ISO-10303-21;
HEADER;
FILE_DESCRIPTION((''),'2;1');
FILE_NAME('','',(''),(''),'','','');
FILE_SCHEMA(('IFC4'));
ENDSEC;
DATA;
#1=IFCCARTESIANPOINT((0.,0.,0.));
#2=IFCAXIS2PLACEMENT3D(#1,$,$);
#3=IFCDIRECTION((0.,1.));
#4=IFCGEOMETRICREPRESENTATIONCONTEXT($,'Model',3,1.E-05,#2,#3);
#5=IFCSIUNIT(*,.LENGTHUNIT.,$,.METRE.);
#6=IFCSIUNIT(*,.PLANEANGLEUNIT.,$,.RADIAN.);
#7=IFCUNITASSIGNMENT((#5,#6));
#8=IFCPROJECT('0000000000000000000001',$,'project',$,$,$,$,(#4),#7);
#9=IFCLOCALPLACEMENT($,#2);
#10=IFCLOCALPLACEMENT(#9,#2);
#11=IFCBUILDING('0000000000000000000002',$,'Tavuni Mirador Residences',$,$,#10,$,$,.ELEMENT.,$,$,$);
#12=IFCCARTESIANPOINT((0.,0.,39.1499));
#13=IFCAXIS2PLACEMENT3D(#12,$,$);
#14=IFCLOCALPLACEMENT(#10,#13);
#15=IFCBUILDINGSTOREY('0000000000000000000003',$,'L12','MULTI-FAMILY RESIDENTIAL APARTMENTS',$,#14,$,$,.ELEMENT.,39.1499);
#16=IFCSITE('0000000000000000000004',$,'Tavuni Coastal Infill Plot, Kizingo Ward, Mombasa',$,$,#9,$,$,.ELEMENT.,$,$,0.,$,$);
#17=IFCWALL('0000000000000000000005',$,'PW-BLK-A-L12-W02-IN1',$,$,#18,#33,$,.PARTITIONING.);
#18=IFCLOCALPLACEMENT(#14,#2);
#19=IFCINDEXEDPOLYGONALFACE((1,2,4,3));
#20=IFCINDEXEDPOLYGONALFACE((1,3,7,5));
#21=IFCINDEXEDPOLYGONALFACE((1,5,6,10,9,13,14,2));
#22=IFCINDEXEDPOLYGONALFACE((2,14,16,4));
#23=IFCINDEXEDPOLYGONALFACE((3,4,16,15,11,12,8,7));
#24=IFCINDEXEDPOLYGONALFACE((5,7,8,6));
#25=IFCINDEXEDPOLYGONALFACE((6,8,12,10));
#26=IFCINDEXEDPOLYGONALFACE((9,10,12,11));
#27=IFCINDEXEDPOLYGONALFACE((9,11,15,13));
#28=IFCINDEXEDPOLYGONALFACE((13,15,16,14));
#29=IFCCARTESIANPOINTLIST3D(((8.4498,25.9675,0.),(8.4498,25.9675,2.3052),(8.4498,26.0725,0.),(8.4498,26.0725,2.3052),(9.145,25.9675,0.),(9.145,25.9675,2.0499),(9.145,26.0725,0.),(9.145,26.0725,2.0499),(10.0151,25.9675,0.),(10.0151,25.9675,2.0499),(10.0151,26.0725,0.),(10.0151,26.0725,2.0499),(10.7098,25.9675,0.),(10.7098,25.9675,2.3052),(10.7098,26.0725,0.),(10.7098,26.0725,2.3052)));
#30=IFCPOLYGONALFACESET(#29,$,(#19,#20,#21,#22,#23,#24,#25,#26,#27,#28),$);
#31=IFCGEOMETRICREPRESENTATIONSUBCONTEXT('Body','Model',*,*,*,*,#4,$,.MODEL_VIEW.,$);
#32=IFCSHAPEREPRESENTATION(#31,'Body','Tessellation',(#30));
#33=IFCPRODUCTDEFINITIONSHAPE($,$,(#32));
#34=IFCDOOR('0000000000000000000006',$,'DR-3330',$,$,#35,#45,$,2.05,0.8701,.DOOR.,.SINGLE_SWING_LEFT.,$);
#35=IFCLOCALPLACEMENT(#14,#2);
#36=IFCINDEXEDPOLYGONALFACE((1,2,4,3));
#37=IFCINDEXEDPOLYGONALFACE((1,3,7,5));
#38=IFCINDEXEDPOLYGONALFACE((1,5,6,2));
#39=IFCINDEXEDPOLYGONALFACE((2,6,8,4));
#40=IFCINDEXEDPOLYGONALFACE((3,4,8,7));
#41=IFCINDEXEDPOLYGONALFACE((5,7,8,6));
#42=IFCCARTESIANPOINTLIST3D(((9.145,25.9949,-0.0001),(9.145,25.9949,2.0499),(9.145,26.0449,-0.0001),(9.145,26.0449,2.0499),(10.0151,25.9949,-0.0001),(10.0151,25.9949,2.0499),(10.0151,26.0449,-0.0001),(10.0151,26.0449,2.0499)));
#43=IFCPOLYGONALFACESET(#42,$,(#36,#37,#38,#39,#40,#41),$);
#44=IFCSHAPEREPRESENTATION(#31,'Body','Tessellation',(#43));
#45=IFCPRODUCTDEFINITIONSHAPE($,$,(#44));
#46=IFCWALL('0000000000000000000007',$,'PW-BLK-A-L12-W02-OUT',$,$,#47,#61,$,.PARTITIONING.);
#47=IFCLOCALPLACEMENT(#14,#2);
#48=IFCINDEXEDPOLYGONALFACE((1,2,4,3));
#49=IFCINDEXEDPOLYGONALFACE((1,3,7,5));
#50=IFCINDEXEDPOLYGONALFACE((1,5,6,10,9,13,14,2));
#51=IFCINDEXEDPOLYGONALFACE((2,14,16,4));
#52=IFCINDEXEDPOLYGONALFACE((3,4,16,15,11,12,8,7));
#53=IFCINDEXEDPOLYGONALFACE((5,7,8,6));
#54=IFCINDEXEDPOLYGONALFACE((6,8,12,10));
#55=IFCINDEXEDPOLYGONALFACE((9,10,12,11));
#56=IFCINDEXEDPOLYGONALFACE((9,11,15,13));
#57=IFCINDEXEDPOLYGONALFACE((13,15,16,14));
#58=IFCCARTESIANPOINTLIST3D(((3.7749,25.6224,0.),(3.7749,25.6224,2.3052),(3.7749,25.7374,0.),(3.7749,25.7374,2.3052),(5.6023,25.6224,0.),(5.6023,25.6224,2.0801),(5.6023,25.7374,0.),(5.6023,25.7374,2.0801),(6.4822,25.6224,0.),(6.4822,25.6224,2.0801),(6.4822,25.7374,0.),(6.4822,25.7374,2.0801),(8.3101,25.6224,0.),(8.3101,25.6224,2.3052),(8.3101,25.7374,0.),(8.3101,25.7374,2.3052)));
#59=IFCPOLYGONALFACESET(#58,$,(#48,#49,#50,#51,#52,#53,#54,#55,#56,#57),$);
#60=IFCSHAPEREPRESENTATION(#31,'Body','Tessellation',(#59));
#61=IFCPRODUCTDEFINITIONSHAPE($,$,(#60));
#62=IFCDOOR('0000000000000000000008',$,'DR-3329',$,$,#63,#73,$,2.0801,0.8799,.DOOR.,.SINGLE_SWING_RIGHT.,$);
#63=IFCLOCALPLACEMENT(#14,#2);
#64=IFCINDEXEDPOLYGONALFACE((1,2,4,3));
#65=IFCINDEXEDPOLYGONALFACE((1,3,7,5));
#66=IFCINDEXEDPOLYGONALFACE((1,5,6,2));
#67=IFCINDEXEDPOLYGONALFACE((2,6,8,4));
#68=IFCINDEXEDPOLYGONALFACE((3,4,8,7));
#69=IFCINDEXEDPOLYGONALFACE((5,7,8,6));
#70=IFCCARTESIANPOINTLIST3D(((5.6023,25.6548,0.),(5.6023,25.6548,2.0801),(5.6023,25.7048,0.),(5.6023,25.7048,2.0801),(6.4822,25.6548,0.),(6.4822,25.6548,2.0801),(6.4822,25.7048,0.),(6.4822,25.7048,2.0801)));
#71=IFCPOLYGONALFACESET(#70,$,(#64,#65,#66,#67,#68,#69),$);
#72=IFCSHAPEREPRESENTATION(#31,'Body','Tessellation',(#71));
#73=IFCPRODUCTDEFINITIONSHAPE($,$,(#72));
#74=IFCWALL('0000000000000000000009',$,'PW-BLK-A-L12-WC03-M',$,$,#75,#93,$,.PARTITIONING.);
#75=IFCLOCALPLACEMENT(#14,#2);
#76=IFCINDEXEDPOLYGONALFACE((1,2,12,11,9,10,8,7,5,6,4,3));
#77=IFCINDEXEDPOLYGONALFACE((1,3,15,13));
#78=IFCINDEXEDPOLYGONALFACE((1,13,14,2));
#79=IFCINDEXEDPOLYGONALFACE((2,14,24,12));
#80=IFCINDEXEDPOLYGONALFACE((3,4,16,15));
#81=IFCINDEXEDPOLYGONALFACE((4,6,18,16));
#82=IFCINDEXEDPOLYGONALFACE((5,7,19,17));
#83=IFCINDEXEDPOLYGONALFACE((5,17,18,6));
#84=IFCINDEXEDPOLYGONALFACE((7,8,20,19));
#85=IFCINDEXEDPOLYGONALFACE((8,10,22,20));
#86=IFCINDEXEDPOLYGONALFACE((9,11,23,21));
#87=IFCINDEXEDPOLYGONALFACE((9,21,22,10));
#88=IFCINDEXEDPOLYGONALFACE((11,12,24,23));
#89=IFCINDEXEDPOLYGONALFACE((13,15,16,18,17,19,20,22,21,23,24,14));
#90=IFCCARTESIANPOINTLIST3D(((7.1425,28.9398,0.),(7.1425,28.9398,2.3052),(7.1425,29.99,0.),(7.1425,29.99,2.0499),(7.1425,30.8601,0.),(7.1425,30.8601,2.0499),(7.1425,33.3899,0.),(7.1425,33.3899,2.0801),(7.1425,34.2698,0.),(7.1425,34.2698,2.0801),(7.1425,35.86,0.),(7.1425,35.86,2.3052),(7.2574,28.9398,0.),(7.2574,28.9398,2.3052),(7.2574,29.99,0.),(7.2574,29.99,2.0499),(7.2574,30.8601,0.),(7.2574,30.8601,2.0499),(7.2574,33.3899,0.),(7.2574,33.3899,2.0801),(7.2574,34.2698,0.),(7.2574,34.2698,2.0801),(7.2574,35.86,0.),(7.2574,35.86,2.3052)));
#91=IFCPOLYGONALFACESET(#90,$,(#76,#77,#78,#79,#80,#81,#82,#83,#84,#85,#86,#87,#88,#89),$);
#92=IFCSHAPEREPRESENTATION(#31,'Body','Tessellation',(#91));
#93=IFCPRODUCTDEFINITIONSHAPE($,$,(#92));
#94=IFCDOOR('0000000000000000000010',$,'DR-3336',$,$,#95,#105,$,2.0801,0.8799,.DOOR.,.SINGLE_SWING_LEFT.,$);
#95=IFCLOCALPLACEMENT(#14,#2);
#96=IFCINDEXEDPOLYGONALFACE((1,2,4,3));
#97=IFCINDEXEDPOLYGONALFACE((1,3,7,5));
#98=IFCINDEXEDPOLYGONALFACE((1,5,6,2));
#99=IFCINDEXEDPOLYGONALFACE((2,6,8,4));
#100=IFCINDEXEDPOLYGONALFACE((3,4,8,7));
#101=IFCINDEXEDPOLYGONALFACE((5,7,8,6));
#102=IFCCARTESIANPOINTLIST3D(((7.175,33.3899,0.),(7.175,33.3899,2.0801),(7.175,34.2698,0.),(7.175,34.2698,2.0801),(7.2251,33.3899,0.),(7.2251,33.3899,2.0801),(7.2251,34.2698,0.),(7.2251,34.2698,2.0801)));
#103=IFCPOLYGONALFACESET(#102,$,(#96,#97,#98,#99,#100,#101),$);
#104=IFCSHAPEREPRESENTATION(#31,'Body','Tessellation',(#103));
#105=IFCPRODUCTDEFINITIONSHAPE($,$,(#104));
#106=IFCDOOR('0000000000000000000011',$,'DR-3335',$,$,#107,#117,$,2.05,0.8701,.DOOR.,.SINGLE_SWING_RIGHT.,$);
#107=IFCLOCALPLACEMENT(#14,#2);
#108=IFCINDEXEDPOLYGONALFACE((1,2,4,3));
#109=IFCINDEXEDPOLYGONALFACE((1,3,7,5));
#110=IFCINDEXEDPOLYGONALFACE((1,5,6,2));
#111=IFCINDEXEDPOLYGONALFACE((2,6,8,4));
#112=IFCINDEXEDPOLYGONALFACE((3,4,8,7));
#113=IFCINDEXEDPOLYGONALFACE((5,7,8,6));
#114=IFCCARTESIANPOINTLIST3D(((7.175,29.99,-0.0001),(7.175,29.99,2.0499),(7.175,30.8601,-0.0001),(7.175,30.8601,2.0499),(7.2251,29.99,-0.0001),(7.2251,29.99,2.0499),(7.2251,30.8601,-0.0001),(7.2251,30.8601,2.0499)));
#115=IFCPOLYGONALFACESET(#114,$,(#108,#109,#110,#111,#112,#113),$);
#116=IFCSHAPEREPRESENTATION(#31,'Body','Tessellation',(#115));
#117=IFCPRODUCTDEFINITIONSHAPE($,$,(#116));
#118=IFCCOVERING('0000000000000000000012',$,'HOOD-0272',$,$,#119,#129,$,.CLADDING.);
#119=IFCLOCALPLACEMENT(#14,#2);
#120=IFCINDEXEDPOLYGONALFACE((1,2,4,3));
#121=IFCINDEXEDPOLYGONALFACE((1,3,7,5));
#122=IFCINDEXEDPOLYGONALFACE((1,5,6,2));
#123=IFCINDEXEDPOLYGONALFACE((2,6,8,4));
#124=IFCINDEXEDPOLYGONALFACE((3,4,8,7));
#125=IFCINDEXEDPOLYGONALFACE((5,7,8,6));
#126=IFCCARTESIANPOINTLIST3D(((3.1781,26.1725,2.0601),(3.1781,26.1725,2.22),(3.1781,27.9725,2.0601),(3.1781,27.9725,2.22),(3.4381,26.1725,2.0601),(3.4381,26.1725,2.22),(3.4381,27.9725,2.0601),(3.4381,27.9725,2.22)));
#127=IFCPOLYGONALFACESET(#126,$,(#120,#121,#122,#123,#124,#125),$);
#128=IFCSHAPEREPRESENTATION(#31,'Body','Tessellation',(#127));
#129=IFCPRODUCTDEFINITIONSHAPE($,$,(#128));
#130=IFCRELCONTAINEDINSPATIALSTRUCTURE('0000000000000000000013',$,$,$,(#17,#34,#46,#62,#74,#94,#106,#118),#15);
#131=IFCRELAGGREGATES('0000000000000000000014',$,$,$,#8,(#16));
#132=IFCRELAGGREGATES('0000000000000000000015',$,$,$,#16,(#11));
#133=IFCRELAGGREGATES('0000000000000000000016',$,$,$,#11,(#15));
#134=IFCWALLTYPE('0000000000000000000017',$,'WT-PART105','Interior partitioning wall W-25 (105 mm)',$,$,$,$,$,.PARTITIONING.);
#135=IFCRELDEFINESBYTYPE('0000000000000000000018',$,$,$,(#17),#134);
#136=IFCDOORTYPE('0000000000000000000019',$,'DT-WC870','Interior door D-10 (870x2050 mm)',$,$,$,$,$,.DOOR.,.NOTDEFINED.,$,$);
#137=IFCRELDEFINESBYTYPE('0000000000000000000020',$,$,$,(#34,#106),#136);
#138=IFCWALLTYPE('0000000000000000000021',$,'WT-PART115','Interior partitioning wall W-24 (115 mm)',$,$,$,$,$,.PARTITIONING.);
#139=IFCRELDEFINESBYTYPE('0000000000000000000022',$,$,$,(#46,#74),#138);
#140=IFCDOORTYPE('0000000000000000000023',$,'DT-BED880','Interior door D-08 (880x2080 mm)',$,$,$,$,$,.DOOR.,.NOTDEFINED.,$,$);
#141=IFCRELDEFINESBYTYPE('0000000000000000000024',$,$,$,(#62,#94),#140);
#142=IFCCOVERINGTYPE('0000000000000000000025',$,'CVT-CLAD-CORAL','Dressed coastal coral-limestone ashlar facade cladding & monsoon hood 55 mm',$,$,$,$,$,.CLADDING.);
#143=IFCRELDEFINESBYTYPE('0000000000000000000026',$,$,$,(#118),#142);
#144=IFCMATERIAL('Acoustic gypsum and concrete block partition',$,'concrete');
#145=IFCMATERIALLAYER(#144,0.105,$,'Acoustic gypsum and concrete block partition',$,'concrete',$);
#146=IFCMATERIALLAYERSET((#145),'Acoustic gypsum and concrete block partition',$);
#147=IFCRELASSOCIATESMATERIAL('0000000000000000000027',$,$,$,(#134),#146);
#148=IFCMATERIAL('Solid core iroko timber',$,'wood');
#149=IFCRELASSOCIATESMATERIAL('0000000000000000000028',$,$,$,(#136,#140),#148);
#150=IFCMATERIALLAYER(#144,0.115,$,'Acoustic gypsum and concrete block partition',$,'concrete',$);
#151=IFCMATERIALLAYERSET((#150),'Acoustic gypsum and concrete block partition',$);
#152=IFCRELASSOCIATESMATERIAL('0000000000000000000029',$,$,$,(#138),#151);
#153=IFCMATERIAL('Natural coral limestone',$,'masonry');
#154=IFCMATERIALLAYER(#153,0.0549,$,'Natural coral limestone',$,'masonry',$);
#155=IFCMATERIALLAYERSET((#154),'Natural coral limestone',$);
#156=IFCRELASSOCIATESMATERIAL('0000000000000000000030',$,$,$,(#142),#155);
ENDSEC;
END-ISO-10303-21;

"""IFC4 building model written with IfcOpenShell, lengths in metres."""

from ifc_helpers import new_model, si_unit, direction, frame, frame_2d, origin, origin_2d, place, context, subcontext, project, spatial, rectangle, extrude, material, layer, layer_set, type_object, element, fill, save


model = new_model("IFC4")

# Units and contexts
model_context = context("Model", 3, precision=1e-05, world=origin(), true_north=direction((0.0, 1.0)))
body_context = subcontext(model_context, "Body", "Model", "MODEL_VIEW")
ifc_project = project(units=[si_unit("LENGTHUNIT", "METRE"), si_unit("PLANEANGLEUNIT", "RADIAN")], contexts=[model_context])

# Site, building, storey
site_placement = place(None, origin())
site = spatial("IfcSite", under=ifc_project, at=site_placement, Name="Tavuni Coastal Infill Plot, Kizingo Ward, Mombasa", CompositionType="ELEMENT", RefElevation=0.0)
building_placement = place(site_placement, origin())
building = spatial("IfcBuilding", under=site, at=building_placement, Name="Tavuni Mirador Residences", CompositionType="ELEMENT")
storey_placement = place(building_placement, frame((0.0, 0.0, 39.1499)))
storey = spatial("IfcBuildingStorey", under=building, at=storey_placement, Name="L12", Description="MULTI-FAMILY RESIDENTIAL APARTMENTS", CompositionType="ELEMENT", Elevation=39.1499)

# Walls, openings, doors
ifc_material_1 = material(Name="Acoustic gypsum and concrete block partition", Category="concrete")
ifc_layer_1 = layer(ifc_material_1, 0.105, Name="Acoustic gypsum and concrete block partition", Category="concrete")
ifc_layer_set_1 = layer_set([ifc_layer_1], Name="Acoustic gypsum and concrete block partition")
wall_type_1 = type_object("IfcWallType", Name="WT-PART105", Description="Interior partitioning wall W-25 (105 mm)", PredefinedType="PARTITIONING", material=ifc_layer_set_1)
wall_1_placement = place(storey_placement, frame((8.45, 26.02, 0.0), z_axis=(0.0, 0.0, 1.0), x_axis=(1.0, 0.0, 0.0)))
wall_1 = element("IfcWall", 1, at=wall_1_placement, inside=storey, type_object=wall_type_1, Name="PW-BLK-A-L12-W02-IN1", PredefinedType="PARTITIONING", context=body_context, shape_type="SweptSolid", body=[
    extrude(rectangle(XDim=2.26, YDim=0.105, at=frame_2d((1.1299, 0.0))), origin(), (0.0, 0.0, 1.0), 2.3052),
])
opening_1_placement = place(wall_1_placement, frame((0.6951, 0.0, 0.0)))
opening_1 = element("IfcOpeningElement", 2, at=opening_1_placement, cuts=wall_1, PredefinedType="OPENING", context=body_context, shape_type="SweptSolid", body=[
    extrude(rectangle(XDim=0.8701, YDim=2.05, at=frame_2d((0.4351, 1.0249))), frame((0.0, 0.0625, 0.0), z_axis=(0.0, -1.0, 0.0), x_axis=(1.0, 0.0, 0.0)), (0.0, 0.0, 1.0), 0.125),
])
ifc_material_2 = material(Name="Solid core iroko timber", Category="wood")
door_type_1 = type_object("IfcDoorType", Name="DT-WC870", Description="Interior door D-10 (870x2050 mm)", OperationType="NOTDEFINED", PredefinedType="DOOR", material=ifc_material_2)
door_1_placement = place(opening_1_placement, origin())
door_1 = element("IfcDoor", 3, at=door_1_placement, inside=storey, type_object=door_type_1, Name="DR-3330", OperationType="SINGLE_SWING_LEFT", OverallHeight=2.05, OverallWidth=0.8701, PredefinedType="DOOR", context=body_context, shape_type="SweptSolid", body=[
    extrude(rectangle(XDim=0.8701, YDim=2.05, at=frame_2d((0.4351, 1.0249))), frame((0.0, 0.0249, 0.0), z_axis=(0.0, -1.0, 0.0), x_axis=(1.0, 0.0, 0.0)), (0.0, 0.0, 1.0), 0.05),
])
fill(opening_1, door_1)
ifc_layer_2 = layer(ifc_material_1, 0.115, Name="Acoustic gypsum and concrete block partition", Category="concrete")
ifc_layer_set_2 = layer_set([ifc_layer_2], Name="Acoustic gypsum and concrete block partition")
wall_type_2 = type_object("IfcWallType", Name="WT-PART115", Description="Interior partitioning wall W-24 (115 mm)", PredefinedType="PARTITIONING", material=ifc_layer_set_2)
wall_2_placement = place(storey_placement, frame((3.7749, 25.6799, 0.0), z_axis=(0.0, 0.0, 1.0), x_axis=(1.0, 0.0, 0.0)))
wall_2 = element("IfcWall", 4, at=wall_2_placement, inside=storey, type_object=wall_type_2, Name="PW-BLK-A-L12-W02-OUT", PredefinedType="PARTITIONING", context=body_context, shape_type="SweptSolid", body=[
    extrude(rectangle(XDim=4.5352, YDim=0.115, at=frame_2d((2.2676, 0.0))), origin(), (0.0, 0.0, 1.0), 2.3052),
])
opening_2_placement = place(wall_2_placement, frame((1.8274, 0.0, 0.0)))
opening_2 = element("IfcOpeningElement", 5, at=opening_2_placement, cuts=wall_2, PredefinedType="OPENING", context=body_context, shape_type="SweptSolid", body=[
    extrude(rectangle(XDim=0.8799, YDim=2.0801, at=frame_2d((0.4399, 1.04))), frame((0.0, 0.0674, 0.0), z_axis=(0.0, -1.0, 0.0), x_axis=(1.0, 0.0, 0.0)), (0.0, 0.0, 1.0), 0.135),
])
door_type_2 = type_object("IfcDoorType", Name="DT-BED880", Description="Interior door D-08 (880x2080 mm)", OperationType="NOTDEFINED", PredefinedType="DOOR", material=ifc_material_2)
door_2_placement = place(opening_2_placement, origin())
door_2 = element("IfcDoor", 6, at=door_2_placement, inside=storey, type_object=door_type_2, Name="DR-3329", OperationType="SINGLE_SWING_RIGHT", OverallHeight=2.0801, OverallWidth=0.8799, PredefinedType="DOOR", context=body_context, shape_type="SweptSolid", body=[
    extrude(rectangle(XDim=0.8799, YDim=2.0801, at=frame_2d((0.4399, 1.04))), frame((0.0, 0.0249, 0.0), z_axis=(0.0, -1.0, 0.0), x_axis=(1.0, 0.0, 0.0)), (0.0, 0.0, 1.0), 0.05),
])
fill(opening_2, door_2)

# Wall, openings, doors
wall_3_placement = place(storey_placement, frame((7.2, 28.9399, 0.0), z_axis=(0.0, 0.0, 1.0), x_axis=(0.0, 1.0, 0.0)))
wall_3 = element("IfcWall", 7, at=wall_3_placement, inside=storey, type_object=wall_type_2, Name="PW-BLK-A-L12-WC03-M", PredefinedType="PARTITIONING", context=body_context, shape_type="SweptSolid", body=[
    extrude(rectangle(XDim=6.9202, YDim=0.115, at=frame_2d((3.46, 0.0))), origin(), (0.0, 0.0, 1.0), 2.3052),
])
opening_3_placement = place(wall_3_placement, frame((1.05, 0.0, 0.0)))
opening_3 = element("IfcOpeningElement", 8, at=opening_3_placement, cuts=wall_3, PredefinedType="OPENING", context=body_context, shape_type="SweptSolid", body=[
    extrude(rectangle(XDim=0.8701, YDim=2.05, at=frame_2d((0.4351, 1.0249))), frame((0.0, 0.0674, 0.0), z_axis=(0.0, -1.0, 0.0), x_axis=(1.0, 0.0, 0.0)), (0.0, 0.0, 1.0), 0.135),
])
opening_4_placement = place(wall_3_placement, frame((4.45, 0.0, 0.0)))
opening_4 = element("IfcOpeningElement", 9, at=opening_4_placement, cuts=wall_3, PredefinedType="OPENING", context=body_context, shape_type="SweptSolid", body=[
    extrude(rectangle(XDim=0.8799, YDim=2.0801, at=frame_2d((0.4399, 1.04))), frame((0.0, 0.0674, 0.0), z_axis=(0.0, -1.0, 0.0), x_axis=(1.0, 0.0, 0.0)), (0.0, 0.0, 1.0), 0.135),
])
door_3_placement = place(opening_4_placement, origin())
door_3 = element("IfcDoor", 10, at=door_3_placement, inside=storey, type_object=door_type_2, Name="DR-3336", OperationType="SINGLE_SWING_LEFT", OverallHeight=2.0801, OverallWidth=0.8799, PredefinedType="DOOR", context=body_context, shape_type="SweptSolid", body=[
    extrude(rectangle(XDim=0.8799, YDim=2.0801, at=frame_2d((0.4399, 1.04))), frame((0.0, 0.0249, 0.0), z_axis=(0.0, -1.0, 0.0), x_axis=(1.0, 0.0, 0.0)), (0.0, 0.0, 1.0), 0.05),
])
fill(opening_4, door_3)
door_4_placement = place(opening_3_placement, origin())
door_4 = element("IfcDoor", 11, at=door_4_placement, inside=storey, type_object=door_type_1, Name="DR-3335", OperationType="SINGLE_SWING_RIGHT", OverallHeight=2.05, OverallWidth=0.8701, PredefinedType="DOOR", context=body_context, shape_type="SweptSolid", body=[
    extrude(rectangle(XDim=0.8701, YDim=2.05, at=frame_2d((0.4351, 1.0249))), frame((0.0, 0.0249, 0.0), z_axis=(0.0, -1.0, 0.0), x_axis=(1.0, 0.0, 0.0)), (0.0, 0.0, 1.0), 0.05),
])
fill(opening_3, door_4)

# Covering
ifc_material_3 = material(Name="Natural coral limestone", Category="masonry")
ifc_layer_3 = layer(ifc_material_3, 0.0549, Name="Natural coral limestone", Category="masonry")
ifc_layer_set_3 = layer_set([ifc_layer_3], Name="Natural coral limestone")
covering_type = type_object("IfcCoveringType", Name="CVT-CLAD-CORAL", Description="Dressed coastal coral-limestone ashlar facade cladding & monsoon hood 55 mm", PredefinedType="CLADDING", material=ifc_layer_set_3)
covering_placement = place(storey_placement, frame((3.3081, 27.0725, 2.0601), z_axis=(0.0, 0.0, 1.0), x_axis=(0.0, -1.0, 0.0)))
element("IfcCovering", 12, at=covering_placement, inside=storey, type_object=covering_type, Name="HOOD-0272", PredefinedType="CLADDING", context=body_context, shape_type="SweptSolid", body=[
    extrude(rectangle(XDim=1.8, YDim=0.26, at=origin_2d()), origin(), (0.0, 0.0, 1.0), 0.1599),
])

save(model, "model.ifc")
